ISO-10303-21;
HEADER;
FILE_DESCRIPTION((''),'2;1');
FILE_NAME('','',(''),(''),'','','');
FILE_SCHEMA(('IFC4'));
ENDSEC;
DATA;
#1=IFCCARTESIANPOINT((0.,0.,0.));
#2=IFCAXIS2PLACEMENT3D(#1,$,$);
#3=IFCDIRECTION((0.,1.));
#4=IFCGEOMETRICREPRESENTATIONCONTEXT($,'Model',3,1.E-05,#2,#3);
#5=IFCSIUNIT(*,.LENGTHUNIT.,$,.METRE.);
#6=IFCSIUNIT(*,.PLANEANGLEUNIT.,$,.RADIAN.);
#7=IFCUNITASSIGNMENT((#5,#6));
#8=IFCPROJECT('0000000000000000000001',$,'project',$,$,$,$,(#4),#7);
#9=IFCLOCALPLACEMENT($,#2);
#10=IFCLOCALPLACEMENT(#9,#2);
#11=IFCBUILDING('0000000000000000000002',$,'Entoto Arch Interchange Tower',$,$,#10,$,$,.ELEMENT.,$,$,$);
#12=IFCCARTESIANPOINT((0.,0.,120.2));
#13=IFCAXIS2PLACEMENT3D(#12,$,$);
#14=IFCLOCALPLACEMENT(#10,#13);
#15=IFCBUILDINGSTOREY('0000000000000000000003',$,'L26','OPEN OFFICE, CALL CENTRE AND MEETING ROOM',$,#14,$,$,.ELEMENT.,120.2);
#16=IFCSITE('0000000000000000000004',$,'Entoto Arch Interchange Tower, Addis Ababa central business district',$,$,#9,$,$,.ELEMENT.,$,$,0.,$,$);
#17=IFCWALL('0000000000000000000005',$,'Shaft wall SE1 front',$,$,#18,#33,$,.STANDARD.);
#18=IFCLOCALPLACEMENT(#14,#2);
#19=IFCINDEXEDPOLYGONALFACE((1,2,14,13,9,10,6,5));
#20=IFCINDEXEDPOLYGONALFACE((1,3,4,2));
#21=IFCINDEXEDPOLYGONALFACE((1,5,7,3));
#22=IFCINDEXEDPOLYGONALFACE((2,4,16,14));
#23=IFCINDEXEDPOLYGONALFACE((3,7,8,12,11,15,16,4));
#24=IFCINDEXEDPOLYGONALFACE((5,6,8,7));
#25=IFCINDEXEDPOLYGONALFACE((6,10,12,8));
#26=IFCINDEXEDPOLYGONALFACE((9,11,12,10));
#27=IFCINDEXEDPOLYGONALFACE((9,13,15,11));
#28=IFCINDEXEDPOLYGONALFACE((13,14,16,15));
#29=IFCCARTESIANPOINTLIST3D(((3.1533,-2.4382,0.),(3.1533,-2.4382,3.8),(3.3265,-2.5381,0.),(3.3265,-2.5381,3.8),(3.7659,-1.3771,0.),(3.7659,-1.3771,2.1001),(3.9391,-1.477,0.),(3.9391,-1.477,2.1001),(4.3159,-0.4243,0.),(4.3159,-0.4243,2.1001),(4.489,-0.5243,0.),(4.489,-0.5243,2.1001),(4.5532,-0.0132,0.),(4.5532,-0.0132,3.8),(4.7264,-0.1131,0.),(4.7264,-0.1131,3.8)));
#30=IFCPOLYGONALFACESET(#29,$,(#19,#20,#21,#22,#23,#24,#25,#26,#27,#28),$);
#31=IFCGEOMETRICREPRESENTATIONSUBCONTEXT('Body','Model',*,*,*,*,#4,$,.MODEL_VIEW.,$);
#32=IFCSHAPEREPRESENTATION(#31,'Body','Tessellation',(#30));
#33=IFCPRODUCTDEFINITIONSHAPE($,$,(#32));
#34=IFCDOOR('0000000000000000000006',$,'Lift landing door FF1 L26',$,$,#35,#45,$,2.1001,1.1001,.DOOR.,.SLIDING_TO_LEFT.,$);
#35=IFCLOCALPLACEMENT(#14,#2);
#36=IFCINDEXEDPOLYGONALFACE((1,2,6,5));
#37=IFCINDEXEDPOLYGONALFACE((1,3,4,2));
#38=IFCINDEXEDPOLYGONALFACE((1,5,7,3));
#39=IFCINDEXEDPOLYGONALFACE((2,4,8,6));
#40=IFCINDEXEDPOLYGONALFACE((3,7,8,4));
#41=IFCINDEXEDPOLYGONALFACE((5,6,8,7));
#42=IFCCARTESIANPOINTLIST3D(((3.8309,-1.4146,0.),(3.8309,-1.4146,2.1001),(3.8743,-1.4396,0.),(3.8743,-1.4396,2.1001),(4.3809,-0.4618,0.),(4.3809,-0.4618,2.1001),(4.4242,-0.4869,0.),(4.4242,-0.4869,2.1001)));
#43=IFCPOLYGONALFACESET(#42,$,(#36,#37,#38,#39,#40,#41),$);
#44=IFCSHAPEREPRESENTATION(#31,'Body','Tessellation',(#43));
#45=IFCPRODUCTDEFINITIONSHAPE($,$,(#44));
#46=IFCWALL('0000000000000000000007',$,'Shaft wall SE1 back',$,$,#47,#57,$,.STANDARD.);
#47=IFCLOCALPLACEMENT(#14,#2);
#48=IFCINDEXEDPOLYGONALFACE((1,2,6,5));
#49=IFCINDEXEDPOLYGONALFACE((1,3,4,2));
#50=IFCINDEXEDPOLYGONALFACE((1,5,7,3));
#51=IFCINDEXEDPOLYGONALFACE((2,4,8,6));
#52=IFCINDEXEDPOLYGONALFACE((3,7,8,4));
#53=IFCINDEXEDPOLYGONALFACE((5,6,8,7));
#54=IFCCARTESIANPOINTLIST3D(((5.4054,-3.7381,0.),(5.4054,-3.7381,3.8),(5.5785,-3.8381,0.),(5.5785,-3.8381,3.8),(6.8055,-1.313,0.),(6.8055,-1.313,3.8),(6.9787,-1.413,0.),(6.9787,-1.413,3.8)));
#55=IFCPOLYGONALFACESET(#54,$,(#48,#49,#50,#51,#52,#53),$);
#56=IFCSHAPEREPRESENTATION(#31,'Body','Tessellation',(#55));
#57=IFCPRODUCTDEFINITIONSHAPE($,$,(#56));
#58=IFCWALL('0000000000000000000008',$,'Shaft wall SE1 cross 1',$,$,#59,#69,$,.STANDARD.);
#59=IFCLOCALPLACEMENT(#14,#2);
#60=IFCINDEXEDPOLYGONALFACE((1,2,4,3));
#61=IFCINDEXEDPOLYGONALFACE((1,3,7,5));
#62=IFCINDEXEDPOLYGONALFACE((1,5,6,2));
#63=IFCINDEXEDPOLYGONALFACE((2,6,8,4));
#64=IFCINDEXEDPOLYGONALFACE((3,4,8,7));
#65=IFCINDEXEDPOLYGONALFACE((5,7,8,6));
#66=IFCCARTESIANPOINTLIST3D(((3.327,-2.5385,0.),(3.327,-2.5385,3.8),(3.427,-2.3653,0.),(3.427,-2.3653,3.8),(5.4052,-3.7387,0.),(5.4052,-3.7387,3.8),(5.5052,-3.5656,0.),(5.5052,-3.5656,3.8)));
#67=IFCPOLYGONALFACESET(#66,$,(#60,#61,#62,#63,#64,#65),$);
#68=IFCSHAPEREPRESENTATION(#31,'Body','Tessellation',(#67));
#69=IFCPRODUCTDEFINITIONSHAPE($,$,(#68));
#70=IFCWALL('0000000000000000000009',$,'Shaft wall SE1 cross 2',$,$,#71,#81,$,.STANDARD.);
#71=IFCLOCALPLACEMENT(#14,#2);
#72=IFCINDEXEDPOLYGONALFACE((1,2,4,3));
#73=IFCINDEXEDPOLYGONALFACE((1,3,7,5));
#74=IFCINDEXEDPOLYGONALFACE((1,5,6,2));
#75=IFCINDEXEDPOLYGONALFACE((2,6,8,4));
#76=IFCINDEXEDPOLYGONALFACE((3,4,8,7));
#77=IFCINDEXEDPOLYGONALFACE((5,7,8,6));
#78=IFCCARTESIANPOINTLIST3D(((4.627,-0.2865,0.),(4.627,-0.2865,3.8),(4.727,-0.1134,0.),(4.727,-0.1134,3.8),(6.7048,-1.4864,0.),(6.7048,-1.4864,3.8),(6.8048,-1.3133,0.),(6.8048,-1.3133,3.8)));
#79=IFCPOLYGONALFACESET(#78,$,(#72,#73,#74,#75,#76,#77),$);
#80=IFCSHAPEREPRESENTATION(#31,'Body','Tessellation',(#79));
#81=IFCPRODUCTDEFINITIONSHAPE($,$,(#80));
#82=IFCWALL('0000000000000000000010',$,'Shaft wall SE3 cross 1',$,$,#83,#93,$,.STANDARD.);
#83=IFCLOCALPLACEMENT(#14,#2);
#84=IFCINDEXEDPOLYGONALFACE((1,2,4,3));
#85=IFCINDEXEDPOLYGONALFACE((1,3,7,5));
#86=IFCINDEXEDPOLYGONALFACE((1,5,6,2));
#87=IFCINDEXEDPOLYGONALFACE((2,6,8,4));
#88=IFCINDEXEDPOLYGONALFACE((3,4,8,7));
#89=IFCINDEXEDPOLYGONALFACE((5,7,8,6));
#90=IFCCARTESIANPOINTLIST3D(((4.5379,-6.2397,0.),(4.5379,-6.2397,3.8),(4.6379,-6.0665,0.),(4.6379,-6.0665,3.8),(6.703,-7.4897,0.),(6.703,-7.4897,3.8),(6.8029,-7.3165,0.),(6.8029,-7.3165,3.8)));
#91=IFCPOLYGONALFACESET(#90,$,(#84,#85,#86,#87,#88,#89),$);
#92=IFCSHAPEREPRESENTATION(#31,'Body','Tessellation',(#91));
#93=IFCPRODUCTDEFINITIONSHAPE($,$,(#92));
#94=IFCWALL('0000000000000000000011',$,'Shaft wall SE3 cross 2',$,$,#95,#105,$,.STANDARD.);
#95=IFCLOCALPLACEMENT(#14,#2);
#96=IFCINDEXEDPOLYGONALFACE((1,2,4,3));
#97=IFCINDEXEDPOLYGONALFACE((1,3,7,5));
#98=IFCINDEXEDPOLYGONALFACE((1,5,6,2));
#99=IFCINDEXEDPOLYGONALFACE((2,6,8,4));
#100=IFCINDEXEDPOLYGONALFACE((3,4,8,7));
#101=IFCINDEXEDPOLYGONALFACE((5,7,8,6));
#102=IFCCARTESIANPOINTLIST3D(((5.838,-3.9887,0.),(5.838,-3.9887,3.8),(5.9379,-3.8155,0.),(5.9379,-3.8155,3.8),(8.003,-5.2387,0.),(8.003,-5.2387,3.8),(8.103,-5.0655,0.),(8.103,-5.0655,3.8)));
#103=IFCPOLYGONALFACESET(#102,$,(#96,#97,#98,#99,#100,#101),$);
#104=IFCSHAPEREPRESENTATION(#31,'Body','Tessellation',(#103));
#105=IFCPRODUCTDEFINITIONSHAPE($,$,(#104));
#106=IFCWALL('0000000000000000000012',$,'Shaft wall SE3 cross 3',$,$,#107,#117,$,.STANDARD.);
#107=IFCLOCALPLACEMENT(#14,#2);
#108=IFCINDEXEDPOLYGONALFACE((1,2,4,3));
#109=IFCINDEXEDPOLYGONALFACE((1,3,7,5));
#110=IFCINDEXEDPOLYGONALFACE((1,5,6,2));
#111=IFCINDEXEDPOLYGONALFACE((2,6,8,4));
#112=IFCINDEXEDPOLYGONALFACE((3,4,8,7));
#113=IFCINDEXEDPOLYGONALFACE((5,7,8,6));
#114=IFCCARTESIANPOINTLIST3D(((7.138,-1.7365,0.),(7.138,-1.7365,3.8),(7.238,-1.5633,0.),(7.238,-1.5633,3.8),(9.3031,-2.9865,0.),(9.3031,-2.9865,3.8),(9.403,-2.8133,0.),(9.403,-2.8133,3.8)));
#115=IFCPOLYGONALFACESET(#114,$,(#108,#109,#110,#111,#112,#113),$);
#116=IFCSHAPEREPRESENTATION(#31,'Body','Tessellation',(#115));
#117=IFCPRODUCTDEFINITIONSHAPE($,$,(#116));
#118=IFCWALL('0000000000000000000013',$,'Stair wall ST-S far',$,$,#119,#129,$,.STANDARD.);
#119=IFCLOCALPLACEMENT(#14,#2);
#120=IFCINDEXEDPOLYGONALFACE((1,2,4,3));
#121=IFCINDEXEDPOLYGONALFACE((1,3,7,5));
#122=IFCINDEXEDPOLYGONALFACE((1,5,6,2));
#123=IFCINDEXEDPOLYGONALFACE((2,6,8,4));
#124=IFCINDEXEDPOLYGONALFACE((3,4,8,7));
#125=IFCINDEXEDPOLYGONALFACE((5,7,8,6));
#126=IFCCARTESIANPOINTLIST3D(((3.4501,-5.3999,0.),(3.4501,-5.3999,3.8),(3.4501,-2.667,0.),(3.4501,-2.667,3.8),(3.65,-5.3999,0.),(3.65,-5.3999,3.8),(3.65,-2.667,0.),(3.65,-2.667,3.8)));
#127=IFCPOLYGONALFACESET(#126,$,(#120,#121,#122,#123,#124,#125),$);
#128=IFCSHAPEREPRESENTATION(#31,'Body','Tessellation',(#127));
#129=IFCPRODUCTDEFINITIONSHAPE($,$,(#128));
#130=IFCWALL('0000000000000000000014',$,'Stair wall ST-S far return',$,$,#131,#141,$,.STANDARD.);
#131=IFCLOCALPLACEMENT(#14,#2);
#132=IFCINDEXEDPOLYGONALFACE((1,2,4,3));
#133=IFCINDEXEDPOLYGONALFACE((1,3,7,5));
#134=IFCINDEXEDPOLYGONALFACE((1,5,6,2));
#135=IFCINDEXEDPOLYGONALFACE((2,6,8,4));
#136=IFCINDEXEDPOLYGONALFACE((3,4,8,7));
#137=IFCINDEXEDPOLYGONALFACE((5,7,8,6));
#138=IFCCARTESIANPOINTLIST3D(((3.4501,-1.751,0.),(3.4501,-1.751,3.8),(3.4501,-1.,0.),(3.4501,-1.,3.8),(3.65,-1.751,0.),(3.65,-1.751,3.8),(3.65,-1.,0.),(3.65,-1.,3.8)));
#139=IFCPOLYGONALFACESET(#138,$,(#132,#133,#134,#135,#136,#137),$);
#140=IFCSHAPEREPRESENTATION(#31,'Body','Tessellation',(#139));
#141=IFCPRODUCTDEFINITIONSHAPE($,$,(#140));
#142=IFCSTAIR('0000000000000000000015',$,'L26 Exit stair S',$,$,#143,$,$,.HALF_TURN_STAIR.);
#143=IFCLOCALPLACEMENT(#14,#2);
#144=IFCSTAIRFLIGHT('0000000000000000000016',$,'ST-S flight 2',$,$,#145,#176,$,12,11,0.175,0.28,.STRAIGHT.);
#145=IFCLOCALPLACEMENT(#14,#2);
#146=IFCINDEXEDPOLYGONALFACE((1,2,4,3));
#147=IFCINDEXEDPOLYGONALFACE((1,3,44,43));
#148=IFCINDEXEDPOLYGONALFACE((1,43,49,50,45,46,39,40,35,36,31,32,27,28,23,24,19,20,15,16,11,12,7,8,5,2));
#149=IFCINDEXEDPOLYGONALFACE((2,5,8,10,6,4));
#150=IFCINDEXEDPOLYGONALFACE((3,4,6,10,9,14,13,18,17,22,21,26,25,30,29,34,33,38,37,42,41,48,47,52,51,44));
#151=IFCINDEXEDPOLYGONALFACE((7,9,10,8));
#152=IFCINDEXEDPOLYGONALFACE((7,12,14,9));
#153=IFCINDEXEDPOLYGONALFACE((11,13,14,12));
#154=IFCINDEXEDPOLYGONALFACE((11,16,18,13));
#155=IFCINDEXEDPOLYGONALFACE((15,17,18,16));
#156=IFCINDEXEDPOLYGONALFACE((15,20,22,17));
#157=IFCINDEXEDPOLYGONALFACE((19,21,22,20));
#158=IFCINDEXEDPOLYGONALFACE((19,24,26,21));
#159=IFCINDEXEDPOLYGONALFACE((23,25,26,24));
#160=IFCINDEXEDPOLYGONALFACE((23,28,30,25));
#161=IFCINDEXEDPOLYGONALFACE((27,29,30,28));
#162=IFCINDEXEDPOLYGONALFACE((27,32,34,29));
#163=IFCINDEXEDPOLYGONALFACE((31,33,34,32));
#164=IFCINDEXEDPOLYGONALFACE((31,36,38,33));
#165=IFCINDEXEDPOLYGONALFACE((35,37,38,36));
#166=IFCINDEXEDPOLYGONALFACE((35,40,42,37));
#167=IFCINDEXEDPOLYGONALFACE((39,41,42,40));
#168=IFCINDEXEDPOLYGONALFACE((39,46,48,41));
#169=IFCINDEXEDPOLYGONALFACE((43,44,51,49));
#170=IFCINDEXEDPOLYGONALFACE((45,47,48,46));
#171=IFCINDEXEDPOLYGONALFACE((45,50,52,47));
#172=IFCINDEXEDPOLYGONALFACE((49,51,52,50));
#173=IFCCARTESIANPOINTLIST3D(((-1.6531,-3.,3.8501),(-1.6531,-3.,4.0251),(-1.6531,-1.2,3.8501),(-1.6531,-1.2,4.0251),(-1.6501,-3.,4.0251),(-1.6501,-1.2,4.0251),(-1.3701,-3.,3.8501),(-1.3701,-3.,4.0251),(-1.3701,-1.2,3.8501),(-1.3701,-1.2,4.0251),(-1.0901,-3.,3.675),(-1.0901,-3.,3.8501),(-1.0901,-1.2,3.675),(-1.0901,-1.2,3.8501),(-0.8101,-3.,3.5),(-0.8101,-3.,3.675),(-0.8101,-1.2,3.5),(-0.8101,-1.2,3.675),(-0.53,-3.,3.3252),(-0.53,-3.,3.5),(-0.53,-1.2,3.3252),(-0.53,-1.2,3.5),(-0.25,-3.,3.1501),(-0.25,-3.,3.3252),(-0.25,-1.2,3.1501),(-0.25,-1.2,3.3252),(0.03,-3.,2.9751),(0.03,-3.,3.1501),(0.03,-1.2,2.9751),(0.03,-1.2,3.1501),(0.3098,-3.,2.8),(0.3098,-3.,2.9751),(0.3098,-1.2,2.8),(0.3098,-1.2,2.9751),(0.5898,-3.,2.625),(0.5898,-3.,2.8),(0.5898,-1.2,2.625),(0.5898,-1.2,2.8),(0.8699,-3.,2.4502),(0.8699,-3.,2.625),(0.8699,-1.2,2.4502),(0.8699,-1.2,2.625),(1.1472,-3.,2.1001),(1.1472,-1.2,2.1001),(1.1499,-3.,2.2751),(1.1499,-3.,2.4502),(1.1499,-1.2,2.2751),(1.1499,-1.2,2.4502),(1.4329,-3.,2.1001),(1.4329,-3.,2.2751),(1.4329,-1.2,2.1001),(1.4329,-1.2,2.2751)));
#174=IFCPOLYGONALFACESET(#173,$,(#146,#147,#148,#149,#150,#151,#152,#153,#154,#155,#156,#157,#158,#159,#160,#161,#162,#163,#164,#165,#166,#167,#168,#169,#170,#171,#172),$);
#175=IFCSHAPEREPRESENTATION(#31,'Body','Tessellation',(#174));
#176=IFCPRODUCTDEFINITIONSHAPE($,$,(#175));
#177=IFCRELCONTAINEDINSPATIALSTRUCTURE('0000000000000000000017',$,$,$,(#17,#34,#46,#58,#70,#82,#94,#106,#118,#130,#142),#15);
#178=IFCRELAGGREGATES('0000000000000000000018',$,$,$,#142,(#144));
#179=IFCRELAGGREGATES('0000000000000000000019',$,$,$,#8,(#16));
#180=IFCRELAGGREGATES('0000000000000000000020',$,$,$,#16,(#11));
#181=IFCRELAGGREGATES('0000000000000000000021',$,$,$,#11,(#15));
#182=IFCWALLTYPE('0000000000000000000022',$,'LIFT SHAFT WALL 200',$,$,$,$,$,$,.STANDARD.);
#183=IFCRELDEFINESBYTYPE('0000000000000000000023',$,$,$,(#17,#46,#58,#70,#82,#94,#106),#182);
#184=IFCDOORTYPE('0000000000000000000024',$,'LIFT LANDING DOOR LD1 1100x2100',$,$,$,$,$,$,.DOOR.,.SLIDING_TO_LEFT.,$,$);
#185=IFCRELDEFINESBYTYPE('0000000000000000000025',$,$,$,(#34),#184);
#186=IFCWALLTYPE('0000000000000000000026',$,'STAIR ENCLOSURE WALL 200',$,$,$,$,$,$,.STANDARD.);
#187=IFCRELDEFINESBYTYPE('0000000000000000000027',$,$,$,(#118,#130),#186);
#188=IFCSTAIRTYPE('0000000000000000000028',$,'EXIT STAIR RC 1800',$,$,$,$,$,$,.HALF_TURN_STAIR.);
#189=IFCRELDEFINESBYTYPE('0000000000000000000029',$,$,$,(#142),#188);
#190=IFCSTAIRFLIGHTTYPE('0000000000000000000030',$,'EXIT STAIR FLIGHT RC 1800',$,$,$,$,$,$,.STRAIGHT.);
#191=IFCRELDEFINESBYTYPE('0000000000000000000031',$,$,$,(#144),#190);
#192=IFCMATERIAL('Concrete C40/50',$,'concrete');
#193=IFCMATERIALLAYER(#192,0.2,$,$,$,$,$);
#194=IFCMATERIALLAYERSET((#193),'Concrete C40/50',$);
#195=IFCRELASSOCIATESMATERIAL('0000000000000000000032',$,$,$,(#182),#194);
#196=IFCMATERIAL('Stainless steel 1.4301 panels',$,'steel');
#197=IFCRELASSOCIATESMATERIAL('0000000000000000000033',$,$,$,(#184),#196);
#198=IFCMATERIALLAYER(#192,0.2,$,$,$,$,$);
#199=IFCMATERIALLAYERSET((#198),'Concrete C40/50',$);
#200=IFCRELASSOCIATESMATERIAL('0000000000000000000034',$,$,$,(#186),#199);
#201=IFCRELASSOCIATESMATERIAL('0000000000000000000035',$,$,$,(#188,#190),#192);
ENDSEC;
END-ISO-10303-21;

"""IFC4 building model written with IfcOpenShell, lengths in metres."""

from ifc_helpers import new_model, si_unit, direction, frame, frame_2d, origin, place, context, subcontext, project, spatial, polyline, rectangle, outline, extrude, material, layer, layer_set, type_object, element, fill, aggregate, save


model = new_model("IFC4")

# Units and contexts
model_context = context("Model", 3, precision=1e-05, world=origin(), true_north=direction((0.0, 1.0)))
body_context = subcontext(model_context, "Body", "Model", "MODEL_VIEW")
ifc_project = project(units=[si_unit("LENGTHUNIT", "METRE"), si_unit("PLANEANGLEUNIT", "RADIAN")], contexts=[model_context])

# Site, building, storey
site_placement = place(None, origin())
site = spatial("IfcSite", under=ifc_project, at=site_placement, Name="Entoto Arch Interchange Tower, Addis Ababa central business district", CompositionType="ELEMENT", RefElevation=0.0)
building_placement = place(site_placement, origin())
building = spatial("IfcBuilding", under=site, at=building_placement, Name="Entoto Arch Interchange Tower", CompositionType="ELEMENT")
storey_placement = place(building_placement, frame((0.0, 0.0, 120.2)))
storey = spatial("IfcBuildingStorey", under=building, at=storey_placement, Name="L26", Description="OPEN OFFICE, CALL CENTRE AND MEETING ROOM", CompositionType="ELEMENT", Elevation=120.2)

# Wall, opening, door
ifc_material_1 = material(Name="Concrete C40/50", Category="concrete")
ifc_material_2 = material(Name="Stainless steel 1.4301 panels", Category="steel")
ifc_layer_1 = layer(ifc_material_1, 0.2)
ifc_layer_set_1 = layer_set([ifc_layer_1], Name="Concrete C40/50")
wall_type_1 = type_object("IfcWallType", Name="LIFT SHAFT WALL 200", PredefinedType="STANDARD", material=ifc_layer_set_1)
wall_1_placement = place(storey_placement, frame((3.24, -2.488, 0.0), z_axis=(0.0, 0.0, 1.0), x_axis=(0.499946, 0.866056, 0.0)))
wall_1 = element("IfcWall", 1, at=wall_1_placement, inside=storey, type_object=wall_type_1, Name="Shaft wall SE1 front", PredefinedType="STANDARD", context=body_context, shape_type="SweptSolid", body=[
    extrude(rectangle(XDim=2.8, YDim=0.2, at=frame_2d((1.3999, 0.0))), origin(), (0.0, 0.0, 1.0), 3.8),
])
opening_1_placement = place(wall_1_placement, frame((1.2251, 0.0, 0.0)))
opening_1 = element("IfcOpeningElement", 2, at=opening_1_placement, cuts=wall_1, PredefinedType="OPENING", context=body_context, shape_type="SweptSolid", body=[
    extrude(rectangle(XDim=1.1001, YDim=2.1001, at=frame_2d((0.55, 1.05))), frame((0.0, 0.1099, 0.0), z_axis=(0.0, -1.0, 0.0), x_axis=(1.0, 0.0, 0.0)), (0.0, 0.0, 1.0), 0.22),
])
door_type_1 = type_object("IfcDoorType", Name="LIFT LANDING DOOR LD1 1100x2100", OperationType="SLIDING_TO_LEFT", PredefinedType="DOOR", material=ifc_material_2)
door_1_placement = place(opening_1_placement, origin())
door_1 = element("IfcDoor", 3, at=door_1_placement, inside=storey, type_object=door_type_1, Name="Lift landing door FF1 L26", OperationType="SLIDING_TO_LEFT", OverallHeight=2.1001, OverallWidth=1.1001, PredefinedType="DOOR", context=body_context, shape_type="SweptSolid", body=[
    extrude(rectangle(XDim=1.1001, YDim=2.1001, at=frame_2d((0.55, 1.05))), frame((0.0, 0.0249, 0.0), z_axis=(0.0, -1.0, 0.0), x_axis=(1.0, 0.0, 0.0)), (0.0, 0.0, 1.0), 0.05),
])
fill(opening_1, door_1)

# Walls
wall_2_placement = place(storey_placement, frame((5.4919, -3.7881, 0.0), z_axis=(0.0, 0.0, 1.0), x_axis=(0.500012, 0.866019, 0.0)))
element("IfcWall", 4, at=wall_2_placement, inside=storey, type_object=wall_type_1, Name="Shaft wall SE1 back", PredefinedType="STANDARD", context=body_context, shape_type="SweptSolid", body=[
    extrude(rectangle(XDim=2.8003, YDim=0.2, at=frame_2d((1.4001, 0.0))), origin(), (0.0, 0.0, 1.0), 3.8),
])
wall_3_placement = place(storey_placement, frame((3.377, -2.4519, 0.0), z_axis=(0.0, 0.0, 1.0), x_axis=(0.865955, -0.500122, 0.0)))
element("IfcWall", 5, at=wall_3_placement, inside=storey, type_object=wall_type_1, Name="Shaft wall SE1 cross 1", PredefinedType="STANDARD", context=body_context, shape_type="SweptSolid", body=[
    extrude(rectangle(XDim=2.3999, YDim=0.2, at=frame_2d((1.2, 0.0))), origin(), (0.0, 0.0, 1.0), 3.8),
])
wall_4_placement = place(storey_placement, frame((4.677, -0.2, 0.0), z_axis=(0.0, 0.0, 1.0), x_axis=(0.865974, -0.500089, 0.0)))
element("IfcWall", 6, at=wall_4_placement, inside=storey, type_object=wall_type_1, Name="Shaft wall SE1 cross 2", PredefinedType="STANDARD", context=body_context, shape_type="SweptSolid", body=[
    extrude(rectangle(XDim=2.3994, YDim=0.2, at=frame_2d((1.1997, 0.0))), origin(), (0.0, 0.0, 1.0), 3.8),
])
for number, where, z_axis, x_axis, name in (
    (7, (4.5879, -6.1531, 0.0), (0.0, 0.0, 1.0), (0.866023, -0.500004, 0.0), "Shaft wall SE3 cross 1"),
    (8, (5.8879, -3.9021, 0.0), (0.0, 0.0, 1.0), (0.866023, -0.500004, 0.0), "Shaft wall SE3 cross 2"),
    (9, (7.188, -1.6499, 0.0), (0.0, 0.0, 1.0), (0.866023, -0.500004, 0.0), "Shaft wall SE3 cross 3"),
):
    element("IfcWall", number, at=place(storey_placement, frame(where, z_axis=z_axis, x_axis=x_axis)), inside=storey, type_object=wall_type_1, Name=name, PredefinedType="STANDARD", context=body_context, shape_type="SweptSolid", body=[
        extrude(rectangle(XDim=2.5, YDim=0.2, at=frame_2d((1.25, 0.0))), origin(), (0.0, 0.0, 1.0), 3.8),
    ])
ifc_layer_2 = layer(ifc_material_1, 0.2)
ifc_layer_set_2 = layer_set([ifc_layer_2], Name="Concrete C40/50")
wall_type_2 = type_object("IfcWallType", Name="STAIR ENCLOSURE WALL 200", PredefinedType="STANDARD", material=ifc_layer_set_2)
wall_5_placement = place(storey_placement, frame((3.55, -2.667, 0.0), z_axis=(0.0, 0.0, 1.0), x_axis=(0.0, -1.0, 0.0)))
element("IfcWall", 10, at=wall_5_placement, inside=storey, type_object=wall_type_2, Name="Stair wall ST-S far", PredefinedType="STANDARD", context=body_context, shape_type="SweptSolid", body=[
    extrude(rectangle(XDim=2.7329, YDim=0.2, at=frame_2d((1.3665, 0.0))), origin(), (0.0, 0.0, 1.0), 3.8),
])
wall_6_placement = place(storey_placement, frame((3.55, -1.0, 0.0), z_axis=(0.0, 0.0, 1.0), x_axis=(0.0, -1.0, 0.0)))
element("IfcWall", 11, at=wall_6_placement, inside=storey, type_object=wall_type_2, Name="Stair wall ST-S far return", PredefinedType="STANDARD", context=body_context, shape_type="SweptSolid", body=[
    extrude(rectangle(XDim=0.751, YDim=0.2, at=frame_2d((0.3755, 0.0))), origin(), (0.0, 0.0, 1.0), 3.8),
])

# Stair, stair flight
stair_type = type_object("IfcStairType", Name="EXIT STAIR RC 1800", PredefinedType="HALF_TURN_STAIR", material=ifc_material_1)
stair_placement = place(storey_placement, origin())
stair = element("IfcStair", 12, at=stair_placement, inside=storey, type_object=stair_type, Name="L26 Exit stair S", PredefinedType="HALF_TURN_STAIR")
stair_flight_type = type_object("IfcStairFlightType", Name="EXIT STAIR FLIGHT RC 1800", PredefinedType="STRAIGHT", material=ifc_material_1)
stair_flight_placement = place(storey_placement, frame((1.4299, -2.1001, 2.1001), z_axis=(0.0, 0.0, 1.0), x_axis=(-1.0, 0.0, 0.0)))
stair_flight = element("IfcStairFlight", 13, at=stair_flight_placement, type_object=stair_flight_type, Name="ST-S flight 2", NumberOfRisers=12, NumberOfTreads=11, PredefinedType="STRAIGHT", RiserHeight=0.175, TreadLength=0.28, context=body_context, shape_type="SweptSolid", body=[
    extrude(outline(polyline([(-0.0029, 0.0), (-0.0029, 0.175), (0.28, 0.175), (0.28, 0.3501), (0.5601, 0.3501), (0.5601, 0.5249), (0.8401, 0.5249), (0.8401, 0.7), (1.1201, 0.7), (1.1201, 0.875), (1.3999, 0.875), (1.3999, 1.05), (1.6799, 1.05), (1.6799, 1.2251), (1.96, 1.2251), (1.96, 1.3999), (2.24, 1.3999), (2.24, 1.575), (2.52, 1.575), (2.52, 1.75), (2.8, 1.75), (2.8, 1.925), (3.0801, 1.925), (3.083, 1.925), (3.083, 1.75), (0.2827, 0.0), (-0.0029, 0.0)])), frame((0.0, 0.8999, 0.0), z_axis=(0.0, -1.0, 0.0), x_axis=(1.0, 0.0, 0.0)), (0.0, 0.0, 1.0), 1.8),
])
aggregate(stair, [stair_flight])

save(model, "model.ifc")
